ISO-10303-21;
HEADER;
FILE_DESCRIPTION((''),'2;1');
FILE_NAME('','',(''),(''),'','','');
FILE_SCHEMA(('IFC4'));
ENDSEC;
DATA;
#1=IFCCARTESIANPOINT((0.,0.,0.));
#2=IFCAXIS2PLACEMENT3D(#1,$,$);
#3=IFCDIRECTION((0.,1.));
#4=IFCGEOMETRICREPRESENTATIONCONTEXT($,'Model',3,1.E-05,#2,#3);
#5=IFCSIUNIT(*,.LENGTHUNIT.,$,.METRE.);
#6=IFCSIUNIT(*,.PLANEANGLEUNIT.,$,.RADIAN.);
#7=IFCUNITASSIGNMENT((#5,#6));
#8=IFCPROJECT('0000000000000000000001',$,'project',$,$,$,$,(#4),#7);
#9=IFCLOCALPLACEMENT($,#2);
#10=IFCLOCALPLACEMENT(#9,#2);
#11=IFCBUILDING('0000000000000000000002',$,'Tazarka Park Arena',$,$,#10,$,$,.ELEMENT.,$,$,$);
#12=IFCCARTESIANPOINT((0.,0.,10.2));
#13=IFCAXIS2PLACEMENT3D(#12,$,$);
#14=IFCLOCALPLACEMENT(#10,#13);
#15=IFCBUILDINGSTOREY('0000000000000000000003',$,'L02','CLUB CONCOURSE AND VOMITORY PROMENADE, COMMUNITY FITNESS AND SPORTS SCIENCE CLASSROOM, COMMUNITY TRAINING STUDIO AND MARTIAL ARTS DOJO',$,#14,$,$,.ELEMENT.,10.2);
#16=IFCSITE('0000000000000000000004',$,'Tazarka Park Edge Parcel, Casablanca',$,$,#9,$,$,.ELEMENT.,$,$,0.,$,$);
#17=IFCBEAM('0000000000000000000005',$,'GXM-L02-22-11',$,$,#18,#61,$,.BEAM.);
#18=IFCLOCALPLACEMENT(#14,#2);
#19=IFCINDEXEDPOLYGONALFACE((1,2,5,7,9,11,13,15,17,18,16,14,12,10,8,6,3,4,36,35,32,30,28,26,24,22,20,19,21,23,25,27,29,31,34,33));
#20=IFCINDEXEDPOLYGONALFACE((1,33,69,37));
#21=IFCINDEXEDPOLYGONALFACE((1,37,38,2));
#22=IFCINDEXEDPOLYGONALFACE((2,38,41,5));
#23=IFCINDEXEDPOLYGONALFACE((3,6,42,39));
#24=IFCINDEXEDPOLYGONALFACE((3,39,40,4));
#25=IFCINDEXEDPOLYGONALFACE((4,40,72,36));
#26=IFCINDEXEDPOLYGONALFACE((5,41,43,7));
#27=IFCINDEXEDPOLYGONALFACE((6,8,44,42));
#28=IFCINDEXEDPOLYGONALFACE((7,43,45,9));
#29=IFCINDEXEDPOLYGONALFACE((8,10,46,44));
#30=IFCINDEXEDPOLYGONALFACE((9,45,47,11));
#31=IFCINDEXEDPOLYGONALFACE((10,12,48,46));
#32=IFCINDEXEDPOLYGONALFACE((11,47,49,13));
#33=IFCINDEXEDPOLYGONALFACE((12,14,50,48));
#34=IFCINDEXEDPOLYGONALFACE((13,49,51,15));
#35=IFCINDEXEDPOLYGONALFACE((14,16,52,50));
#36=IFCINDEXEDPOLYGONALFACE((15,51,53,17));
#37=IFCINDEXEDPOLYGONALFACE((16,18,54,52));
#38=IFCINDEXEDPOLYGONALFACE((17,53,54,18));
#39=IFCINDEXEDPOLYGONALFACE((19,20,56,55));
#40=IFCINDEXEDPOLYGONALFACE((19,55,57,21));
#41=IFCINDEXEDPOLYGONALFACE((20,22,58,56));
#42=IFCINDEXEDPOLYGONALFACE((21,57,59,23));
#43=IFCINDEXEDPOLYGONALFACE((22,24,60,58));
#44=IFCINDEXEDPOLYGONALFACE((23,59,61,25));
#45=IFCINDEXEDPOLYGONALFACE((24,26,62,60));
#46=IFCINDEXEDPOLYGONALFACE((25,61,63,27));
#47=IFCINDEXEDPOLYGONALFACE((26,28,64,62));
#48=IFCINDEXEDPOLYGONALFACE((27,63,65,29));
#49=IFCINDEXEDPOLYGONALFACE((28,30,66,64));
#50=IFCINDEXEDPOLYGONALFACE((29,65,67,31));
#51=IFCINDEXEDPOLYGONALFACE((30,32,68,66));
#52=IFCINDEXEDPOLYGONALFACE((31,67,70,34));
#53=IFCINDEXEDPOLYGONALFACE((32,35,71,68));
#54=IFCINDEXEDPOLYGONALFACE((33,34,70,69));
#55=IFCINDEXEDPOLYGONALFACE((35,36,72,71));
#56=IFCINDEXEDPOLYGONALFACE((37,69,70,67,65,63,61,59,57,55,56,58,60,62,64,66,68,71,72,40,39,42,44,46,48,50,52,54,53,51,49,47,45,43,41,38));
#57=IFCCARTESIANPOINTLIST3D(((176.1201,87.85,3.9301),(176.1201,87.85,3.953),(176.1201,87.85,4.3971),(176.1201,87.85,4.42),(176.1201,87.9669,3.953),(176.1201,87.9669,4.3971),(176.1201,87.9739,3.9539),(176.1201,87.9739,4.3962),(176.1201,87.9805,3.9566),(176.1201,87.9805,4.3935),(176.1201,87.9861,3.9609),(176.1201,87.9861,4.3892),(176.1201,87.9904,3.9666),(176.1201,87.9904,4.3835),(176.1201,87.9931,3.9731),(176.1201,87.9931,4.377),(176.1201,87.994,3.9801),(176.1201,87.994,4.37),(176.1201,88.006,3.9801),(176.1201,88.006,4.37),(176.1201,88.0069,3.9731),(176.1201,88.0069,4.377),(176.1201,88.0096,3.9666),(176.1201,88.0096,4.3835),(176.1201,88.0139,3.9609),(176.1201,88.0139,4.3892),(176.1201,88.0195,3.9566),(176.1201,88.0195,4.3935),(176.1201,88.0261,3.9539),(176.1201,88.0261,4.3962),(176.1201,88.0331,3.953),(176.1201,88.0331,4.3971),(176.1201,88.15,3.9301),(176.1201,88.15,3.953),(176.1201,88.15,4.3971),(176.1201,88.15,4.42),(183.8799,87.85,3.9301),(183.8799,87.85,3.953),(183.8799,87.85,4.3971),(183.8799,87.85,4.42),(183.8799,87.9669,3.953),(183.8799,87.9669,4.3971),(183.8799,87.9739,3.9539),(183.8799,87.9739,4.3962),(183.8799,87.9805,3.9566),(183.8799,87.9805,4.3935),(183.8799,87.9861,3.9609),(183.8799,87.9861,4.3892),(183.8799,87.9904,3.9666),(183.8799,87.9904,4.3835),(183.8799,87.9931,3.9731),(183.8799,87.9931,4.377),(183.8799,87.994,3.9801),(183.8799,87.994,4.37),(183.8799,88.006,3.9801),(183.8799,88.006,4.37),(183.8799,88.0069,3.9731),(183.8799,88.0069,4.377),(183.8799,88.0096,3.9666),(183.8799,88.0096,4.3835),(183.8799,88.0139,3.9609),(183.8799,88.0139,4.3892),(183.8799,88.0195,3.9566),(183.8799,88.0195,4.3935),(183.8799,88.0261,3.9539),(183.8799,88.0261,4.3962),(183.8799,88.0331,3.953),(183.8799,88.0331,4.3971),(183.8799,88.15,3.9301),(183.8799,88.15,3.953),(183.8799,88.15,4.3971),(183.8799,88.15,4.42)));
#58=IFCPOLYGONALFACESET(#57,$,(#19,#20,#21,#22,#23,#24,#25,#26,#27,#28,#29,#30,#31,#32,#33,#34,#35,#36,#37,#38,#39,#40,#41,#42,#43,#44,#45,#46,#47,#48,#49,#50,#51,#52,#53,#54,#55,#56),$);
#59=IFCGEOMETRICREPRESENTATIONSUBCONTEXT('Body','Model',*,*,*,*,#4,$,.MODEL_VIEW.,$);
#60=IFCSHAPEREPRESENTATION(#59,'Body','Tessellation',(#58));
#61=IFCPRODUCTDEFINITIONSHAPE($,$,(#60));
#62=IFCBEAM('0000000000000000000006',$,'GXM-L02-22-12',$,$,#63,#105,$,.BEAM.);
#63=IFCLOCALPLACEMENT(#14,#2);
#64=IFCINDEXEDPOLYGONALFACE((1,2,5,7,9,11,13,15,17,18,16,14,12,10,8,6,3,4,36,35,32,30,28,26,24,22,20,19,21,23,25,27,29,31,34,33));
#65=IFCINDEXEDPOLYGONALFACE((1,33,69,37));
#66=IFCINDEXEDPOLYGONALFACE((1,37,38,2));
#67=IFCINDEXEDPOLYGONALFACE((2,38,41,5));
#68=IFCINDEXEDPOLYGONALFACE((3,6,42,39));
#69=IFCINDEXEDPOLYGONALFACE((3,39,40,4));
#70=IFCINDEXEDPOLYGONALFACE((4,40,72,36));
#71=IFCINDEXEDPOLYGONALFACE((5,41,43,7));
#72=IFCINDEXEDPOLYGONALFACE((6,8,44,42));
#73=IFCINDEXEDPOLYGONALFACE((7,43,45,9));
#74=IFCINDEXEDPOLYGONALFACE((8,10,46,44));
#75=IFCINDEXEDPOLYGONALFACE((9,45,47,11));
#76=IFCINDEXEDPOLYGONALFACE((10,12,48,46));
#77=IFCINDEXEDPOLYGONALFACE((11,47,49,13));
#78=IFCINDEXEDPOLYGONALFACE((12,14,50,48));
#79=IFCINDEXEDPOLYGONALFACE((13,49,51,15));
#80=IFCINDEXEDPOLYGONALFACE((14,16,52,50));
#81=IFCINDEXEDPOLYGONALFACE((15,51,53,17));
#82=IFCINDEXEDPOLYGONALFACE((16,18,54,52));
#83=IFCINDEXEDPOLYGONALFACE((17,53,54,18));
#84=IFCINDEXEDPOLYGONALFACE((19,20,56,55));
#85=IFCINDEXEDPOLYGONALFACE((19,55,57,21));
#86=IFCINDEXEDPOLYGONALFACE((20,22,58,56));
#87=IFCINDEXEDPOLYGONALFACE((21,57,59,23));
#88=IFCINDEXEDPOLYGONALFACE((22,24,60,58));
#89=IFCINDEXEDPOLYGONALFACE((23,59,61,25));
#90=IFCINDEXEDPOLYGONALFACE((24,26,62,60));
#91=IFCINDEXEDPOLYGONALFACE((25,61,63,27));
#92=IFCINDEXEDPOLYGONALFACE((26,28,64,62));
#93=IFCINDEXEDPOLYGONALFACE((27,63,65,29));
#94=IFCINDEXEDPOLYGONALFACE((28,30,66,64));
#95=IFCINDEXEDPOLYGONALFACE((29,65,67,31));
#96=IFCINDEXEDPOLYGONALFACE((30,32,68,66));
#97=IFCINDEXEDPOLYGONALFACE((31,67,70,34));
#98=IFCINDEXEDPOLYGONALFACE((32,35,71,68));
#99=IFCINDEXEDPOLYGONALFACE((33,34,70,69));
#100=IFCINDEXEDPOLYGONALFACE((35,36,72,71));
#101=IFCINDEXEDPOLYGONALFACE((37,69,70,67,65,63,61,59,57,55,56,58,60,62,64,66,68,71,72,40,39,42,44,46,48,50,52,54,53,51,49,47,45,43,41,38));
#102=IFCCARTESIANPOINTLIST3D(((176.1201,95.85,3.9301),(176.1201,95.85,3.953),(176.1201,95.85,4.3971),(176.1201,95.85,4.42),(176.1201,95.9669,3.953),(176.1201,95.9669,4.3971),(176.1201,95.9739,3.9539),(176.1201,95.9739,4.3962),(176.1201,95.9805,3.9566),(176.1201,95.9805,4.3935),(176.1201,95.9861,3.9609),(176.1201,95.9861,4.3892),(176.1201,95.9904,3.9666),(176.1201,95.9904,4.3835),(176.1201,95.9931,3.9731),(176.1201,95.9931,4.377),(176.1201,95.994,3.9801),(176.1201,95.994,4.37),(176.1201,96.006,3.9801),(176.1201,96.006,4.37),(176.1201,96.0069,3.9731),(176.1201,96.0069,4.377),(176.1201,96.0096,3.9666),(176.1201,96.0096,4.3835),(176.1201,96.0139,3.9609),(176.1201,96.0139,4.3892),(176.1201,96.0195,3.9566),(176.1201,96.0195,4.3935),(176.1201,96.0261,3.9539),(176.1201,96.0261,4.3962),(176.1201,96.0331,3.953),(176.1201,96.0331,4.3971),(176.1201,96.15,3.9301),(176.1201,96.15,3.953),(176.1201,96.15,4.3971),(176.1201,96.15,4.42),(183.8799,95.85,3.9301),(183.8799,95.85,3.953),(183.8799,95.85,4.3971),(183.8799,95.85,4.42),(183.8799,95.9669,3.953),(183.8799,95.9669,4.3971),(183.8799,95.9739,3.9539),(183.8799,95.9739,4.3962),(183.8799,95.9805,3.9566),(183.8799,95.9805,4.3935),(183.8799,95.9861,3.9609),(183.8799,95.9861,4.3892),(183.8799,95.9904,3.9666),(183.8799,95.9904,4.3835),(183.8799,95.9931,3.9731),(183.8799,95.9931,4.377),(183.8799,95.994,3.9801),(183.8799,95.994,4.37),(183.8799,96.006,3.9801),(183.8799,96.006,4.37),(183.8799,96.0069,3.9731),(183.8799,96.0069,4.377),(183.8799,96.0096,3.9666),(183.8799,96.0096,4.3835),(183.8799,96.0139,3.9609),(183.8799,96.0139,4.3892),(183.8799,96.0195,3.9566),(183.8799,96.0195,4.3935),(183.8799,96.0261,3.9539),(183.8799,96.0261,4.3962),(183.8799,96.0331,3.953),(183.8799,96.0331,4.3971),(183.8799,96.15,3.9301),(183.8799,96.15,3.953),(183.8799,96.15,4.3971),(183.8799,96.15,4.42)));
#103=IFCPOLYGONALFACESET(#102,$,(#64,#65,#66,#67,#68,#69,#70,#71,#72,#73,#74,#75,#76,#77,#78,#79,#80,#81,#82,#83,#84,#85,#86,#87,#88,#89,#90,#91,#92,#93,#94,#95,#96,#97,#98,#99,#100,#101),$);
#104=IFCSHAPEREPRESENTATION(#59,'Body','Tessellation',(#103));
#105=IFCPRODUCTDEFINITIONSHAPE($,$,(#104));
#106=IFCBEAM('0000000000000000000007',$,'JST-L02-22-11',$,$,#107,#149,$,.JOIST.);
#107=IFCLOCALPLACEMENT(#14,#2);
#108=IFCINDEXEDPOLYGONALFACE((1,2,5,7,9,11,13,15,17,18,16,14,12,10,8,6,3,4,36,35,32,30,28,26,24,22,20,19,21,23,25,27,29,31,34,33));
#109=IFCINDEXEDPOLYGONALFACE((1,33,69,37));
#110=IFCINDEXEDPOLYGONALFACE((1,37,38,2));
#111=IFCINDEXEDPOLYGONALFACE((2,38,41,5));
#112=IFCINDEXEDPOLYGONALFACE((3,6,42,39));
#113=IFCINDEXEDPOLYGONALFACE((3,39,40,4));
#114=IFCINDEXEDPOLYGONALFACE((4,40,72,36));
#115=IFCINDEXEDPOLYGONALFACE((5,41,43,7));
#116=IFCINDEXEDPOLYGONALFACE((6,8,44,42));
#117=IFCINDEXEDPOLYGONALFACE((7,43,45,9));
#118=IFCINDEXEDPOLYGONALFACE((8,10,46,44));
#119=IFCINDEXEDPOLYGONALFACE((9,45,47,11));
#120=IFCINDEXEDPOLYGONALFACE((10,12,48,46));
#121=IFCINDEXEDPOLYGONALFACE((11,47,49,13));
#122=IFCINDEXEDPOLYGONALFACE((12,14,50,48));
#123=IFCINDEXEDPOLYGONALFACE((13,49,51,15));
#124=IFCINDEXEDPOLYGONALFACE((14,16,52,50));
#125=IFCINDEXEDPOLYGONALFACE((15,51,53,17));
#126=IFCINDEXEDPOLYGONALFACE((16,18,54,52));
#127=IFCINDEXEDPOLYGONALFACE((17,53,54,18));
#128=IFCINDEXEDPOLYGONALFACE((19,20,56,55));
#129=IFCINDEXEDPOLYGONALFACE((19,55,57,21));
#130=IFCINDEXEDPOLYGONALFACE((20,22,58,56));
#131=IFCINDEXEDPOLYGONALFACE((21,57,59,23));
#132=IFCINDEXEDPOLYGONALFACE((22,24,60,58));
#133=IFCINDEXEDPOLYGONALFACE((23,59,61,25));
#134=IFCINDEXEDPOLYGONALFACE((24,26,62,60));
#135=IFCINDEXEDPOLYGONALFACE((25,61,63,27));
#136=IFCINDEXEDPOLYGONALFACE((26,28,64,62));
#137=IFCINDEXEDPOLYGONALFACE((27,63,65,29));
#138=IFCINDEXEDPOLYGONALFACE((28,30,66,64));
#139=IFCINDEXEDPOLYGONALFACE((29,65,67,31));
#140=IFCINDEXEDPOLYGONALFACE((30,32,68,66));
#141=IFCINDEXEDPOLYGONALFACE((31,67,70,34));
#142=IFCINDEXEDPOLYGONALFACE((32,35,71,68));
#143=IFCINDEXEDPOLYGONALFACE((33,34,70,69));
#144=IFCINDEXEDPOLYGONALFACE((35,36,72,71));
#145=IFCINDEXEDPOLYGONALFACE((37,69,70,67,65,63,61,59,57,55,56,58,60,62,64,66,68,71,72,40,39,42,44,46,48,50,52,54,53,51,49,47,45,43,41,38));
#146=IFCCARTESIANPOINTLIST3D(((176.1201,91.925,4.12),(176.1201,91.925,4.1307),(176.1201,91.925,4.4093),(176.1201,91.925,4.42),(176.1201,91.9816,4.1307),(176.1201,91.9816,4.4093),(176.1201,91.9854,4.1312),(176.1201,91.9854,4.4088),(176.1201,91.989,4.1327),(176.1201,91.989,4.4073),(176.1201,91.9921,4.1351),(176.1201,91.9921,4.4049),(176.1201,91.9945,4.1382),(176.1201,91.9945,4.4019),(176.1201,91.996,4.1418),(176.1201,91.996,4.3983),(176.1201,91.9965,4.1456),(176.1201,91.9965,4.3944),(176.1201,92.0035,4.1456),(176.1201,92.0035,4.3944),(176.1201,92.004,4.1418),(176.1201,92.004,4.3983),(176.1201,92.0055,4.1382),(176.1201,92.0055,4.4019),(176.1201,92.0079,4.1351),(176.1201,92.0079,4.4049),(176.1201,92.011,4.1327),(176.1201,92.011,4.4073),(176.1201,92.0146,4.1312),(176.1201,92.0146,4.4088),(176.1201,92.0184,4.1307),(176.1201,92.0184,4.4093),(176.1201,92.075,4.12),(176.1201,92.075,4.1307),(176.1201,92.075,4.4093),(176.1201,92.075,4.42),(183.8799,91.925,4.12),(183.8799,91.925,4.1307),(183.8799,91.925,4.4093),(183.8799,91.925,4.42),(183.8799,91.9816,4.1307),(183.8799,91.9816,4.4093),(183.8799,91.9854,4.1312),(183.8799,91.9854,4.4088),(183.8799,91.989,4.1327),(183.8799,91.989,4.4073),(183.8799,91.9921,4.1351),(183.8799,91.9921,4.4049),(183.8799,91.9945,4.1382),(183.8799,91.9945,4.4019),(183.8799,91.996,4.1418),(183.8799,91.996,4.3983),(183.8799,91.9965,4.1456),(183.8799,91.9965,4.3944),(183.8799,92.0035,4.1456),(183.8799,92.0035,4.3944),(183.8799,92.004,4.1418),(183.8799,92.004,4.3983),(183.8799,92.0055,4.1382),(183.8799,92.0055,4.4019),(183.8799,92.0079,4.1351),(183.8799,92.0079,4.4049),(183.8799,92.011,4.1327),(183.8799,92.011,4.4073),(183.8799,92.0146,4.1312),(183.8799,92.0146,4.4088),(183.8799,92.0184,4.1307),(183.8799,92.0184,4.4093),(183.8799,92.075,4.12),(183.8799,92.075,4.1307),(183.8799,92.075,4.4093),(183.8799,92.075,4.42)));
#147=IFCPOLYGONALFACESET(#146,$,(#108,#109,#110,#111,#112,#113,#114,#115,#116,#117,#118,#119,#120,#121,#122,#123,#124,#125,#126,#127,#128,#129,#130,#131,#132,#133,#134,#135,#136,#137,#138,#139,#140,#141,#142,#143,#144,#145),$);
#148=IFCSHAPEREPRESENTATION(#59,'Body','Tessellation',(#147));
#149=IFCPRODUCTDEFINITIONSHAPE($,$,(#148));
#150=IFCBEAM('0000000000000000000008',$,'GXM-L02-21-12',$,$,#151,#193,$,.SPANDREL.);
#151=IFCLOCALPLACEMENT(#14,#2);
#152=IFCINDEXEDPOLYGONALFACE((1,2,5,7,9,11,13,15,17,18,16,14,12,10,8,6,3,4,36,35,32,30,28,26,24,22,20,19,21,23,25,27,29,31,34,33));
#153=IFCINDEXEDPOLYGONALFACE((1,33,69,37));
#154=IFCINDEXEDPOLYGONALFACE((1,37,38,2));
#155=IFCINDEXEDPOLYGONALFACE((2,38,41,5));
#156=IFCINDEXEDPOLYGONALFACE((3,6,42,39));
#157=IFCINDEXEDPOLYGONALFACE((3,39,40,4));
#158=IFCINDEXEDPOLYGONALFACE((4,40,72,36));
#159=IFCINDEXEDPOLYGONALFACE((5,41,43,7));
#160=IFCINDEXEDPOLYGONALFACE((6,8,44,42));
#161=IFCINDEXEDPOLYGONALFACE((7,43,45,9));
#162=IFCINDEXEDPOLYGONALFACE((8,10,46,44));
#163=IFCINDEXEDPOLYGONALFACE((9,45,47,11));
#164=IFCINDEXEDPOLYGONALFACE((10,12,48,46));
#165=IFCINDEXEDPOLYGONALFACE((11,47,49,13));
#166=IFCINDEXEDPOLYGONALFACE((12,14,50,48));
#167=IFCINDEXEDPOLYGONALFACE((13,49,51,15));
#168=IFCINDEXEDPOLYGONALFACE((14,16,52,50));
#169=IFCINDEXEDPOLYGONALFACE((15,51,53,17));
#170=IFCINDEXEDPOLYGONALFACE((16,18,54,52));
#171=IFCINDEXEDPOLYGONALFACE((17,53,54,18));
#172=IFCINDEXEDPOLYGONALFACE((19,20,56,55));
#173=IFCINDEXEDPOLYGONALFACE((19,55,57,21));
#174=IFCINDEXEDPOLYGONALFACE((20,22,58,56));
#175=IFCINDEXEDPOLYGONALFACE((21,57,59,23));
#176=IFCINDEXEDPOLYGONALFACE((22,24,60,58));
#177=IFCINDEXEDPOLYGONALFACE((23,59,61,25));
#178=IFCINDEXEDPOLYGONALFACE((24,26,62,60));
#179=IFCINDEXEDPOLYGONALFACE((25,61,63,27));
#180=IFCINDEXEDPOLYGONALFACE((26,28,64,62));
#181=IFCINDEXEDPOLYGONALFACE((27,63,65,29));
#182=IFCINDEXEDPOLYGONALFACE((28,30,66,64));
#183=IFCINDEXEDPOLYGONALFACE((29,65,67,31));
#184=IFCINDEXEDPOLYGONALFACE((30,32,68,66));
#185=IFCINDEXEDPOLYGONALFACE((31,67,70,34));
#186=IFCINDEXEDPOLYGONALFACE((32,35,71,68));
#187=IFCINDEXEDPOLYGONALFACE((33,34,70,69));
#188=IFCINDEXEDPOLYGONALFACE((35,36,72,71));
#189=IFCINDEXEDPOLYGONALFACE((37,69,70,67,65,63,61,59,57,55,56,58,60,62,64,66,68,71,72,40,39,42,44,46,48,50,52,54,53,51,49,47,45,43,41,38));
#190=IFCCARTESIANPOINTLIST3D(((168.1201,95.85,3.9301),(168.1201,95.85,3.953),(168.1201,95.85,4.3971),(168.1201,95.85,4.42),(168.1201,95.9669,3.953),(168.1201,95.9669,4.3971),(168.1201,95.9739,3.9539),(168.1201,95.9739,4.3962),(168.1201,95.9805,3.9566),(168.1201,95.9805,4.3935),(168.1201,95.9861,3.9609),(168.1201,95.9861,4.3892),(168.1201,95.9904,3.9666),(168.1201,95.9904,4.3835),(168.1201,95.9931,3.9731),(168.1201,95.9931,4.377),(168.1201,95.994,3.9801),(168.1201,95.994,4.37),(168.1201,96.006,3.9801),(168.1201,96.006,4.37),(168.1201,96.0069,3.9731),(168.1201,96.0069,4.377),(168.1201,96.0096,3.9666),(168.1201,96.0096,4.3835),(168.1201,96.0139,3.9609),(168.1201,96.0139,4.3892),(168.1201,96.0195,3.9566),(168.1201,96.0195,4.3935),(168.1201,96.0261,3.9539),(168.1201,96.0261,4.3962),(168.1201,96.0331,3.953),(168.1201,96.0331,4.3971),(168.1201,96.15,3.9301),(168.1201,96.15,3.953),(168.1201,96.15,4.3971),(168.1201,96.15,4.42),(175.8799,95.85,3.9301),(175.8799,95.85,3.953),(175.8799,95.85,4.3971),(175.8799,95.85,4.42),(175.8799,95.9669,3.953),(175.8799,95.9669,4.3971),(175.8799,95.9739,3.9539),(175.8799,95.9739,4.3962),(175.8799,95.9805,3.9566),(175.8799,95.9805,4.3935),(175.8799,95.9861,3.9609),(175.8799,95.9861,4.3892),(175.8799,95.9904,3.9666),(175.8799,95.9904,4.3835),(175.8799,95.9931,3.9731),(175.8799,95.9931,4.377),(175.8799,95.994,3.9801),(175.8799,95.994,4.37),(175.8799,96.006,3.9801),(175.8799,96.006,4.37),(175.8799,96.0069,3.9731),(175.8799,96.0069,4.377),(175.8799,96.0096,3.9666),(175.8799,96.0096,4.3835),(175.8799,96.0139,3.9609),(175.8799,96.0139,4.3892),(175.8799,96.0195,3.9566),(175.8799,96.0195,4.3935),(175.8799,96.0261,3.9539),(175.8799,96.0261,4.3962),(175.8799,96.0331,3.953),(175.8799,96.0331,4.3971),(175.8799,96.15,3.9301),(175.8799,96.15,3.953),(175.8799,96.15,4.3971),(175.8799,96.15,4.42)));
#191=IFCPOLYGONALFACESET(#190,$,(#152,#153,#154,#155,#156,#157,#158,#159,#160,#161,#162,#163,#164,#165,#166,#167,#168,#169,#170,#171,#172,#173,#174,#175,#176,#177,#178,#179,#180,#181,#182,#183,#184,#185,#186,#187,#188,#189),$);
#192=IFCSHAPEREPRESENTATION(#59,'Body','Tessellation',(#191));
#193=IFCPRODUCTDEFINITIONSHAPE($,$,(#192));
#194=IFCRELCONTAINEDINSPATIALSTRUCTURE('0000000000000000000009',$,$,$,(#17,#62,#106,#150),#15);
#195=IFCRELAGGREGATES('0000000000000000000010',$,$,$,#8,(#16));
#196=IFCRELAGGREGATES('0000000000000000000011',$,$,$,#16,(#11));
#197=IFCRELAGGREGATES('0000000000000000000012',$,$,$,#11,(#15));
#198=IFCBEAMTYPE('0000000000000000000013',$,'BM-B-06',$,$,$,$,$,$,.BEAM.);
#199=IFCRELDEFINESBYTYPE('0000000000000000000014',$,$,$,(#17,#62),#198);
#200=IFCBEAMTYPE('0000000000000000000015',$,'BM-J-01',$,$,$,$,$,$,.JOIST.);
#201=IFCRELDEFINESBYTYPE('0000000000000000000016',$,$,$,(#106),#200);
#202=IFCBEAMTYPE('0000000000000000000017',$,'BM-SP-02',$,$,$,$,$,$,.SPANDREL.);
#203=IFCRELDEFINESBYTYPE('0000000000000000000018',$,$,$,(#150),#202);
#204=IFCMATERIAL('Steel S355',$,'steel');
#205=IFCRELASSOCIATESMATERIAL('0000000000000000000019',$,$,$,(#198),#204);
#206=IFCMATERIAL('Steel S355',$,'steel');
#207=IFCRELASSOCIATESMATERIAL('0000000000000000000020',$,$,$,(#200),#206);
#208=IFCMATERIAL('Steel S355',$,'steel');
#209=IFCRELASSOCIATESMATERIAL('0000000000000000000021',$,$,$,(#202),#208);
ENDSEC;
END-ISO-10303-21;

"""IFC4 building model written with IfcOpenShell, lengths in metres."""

from ifc_helpers import new_model, si_unit, direction, frame, origin, origin_2d, place, context, subcontext, project, spatial, i_section, extrude, material, material_profile, profile_set, type_object, element, save


model = new_model("IFC4")

# Units and contexts
model_context = context("Model", 3, precision=1e-05, world=origin(), true_north=direction((0.0, 1.0)))
body_context = subcontext(model_context, "Body", "Model", "MODEL_VIEW")
ifc_project = project(units=[si_unit("LENGTHUNIT", "METRE"), si_unit("PLANEANGLEUNIT", "RADIAN")], contexts=[model_context])

# Site, building, storey
site_placement = place(None, origin())
site = spatial("IfcSite", under=ifc_project, at=site_placement, Name="Tazarka Park Edge Parcel, Casablanca", CompositionType="ELEMENT", RefElevation=0.0)
building_placement = place(site_placement, origin())
building = spatial("IfcBuilding", under=site, at=building_placement, Name="Tazarka Park Arena", CompositionType="ELEMENT")
storey_placement = place(building_placement, frame((0.0, 0.0, 10.2)))
storey = spatial("IfcBuildingStorey", under=building, at=storey_placement, Name="L02", Description="CLUB CONCOURSE AND VOMITORY PROMENADE, COMMUNITY FITNESS AND SPORTS SCIENCE CLASSROOM, COMMUNITY TRAINING STUDIO AND MARTIAL ARTS DOJO", CompositionType="ELEMENT", Elevation=10.2)

# Beams
ifc_material_1 = material(Name="Steel S355", Category="steel")
ifc_material_profile_1 = material_profile(ifc_material_1, i_section(OverallWidth=0.3, OverallDepth=0.49, WebThickness=0.012, FlangeThickness=0.0229, FilletRadius=0.0271, at=origin_2d()), Name="Steel S355")
ifc_profile_set_1 = profile_set([ifc_material_profile_1], Name="Steel S355")
beam_type_1 = type_object("IfcBeamType", Name="BM-B-06", PredefinedType="BEAM", material=ifc_profile_set_1)
for number, where, z_axis, x_axis, name in (
    (1, (176.1201, 88.0, 4.175), (1.0, 0.0, 0.0), (0.0, 1.0, 0.0), "GXM-L02-22-11"),
    (2, (176.1201, 96.0, 4.175), (1.0, 0.0, 0.0), (0.0, 1.0, 0.0), "GXM-L02-22-12"),
):
    element("IfcBeam", number, at=place(storey_placement, frame(where, z_axis=z_axis, x_axis=x_axis)), inside=storey, type_object=beam_type_1, Name=name, PredefinedType="BEAM", context=body_context, shape_type="SweptSolid", body=[
        extrude(i_section(OverallWidth=0.3, OverallDepth=0.49, WebThickness=0.012, FlangeThickness=0.0229, FilletRadius=0.0271, at=origin_2d()), origin(), (0.0, 0.0, 1.0), 7.7598),
    ])
ifc_material_2 = material(Name="Steel S355", Category="steel")
ifc_material_profile_2 = material_profile(ifc_material_2, i_section(OverallWidth=0.1499, OverallDepth=0.3, WebThickness=0.0071, FlangeThickness=0.0107, FilletRadius=0.0149, at=origin_2d()), Name="Steel S355")
ifc_profile_set_2 = profile_set([ifc_material_profile_2], Name="Steel S355")
beam_type_2 = type_object("IfcBeamType", Name="BM-J-01", PredefinedType="JOIST", material=ifc_profile_set_2)
beam_placement = place(storey_placement, frame((176.1201, 92.0, 4.27), z_axis=(1.0, 0.0, 0.0), x_axis=(0.0, 1.0, 0.0)))
element("IfcBeam", 3, at=beam_placement, inside=storey, type_object=beam_type_2, Name="JST-L02-22-11", PredefinedType="JOIST", context=body_context, shape_type="SweptSolid", body=[
    extrude(i_section(OverallWidth=0.1499, OverallDepth=0.3, WebThickness=0.0071, FlangeThickness=0.0107, FilletRadius=0.0149, at=origin_2d()), origin(), (0.0, 0.0, 1.0), 7.7598),
])
ifc_material_3 = material(Name="Steel S355", Category="steel")
ifc_material_profile_3 = material_profile(ifc_material_3, i_section(OverallWidth=0.3, OverallDepth=0.49, WebThickness=0.012, FlangeThickness=0.0229, FilletRadius=0.0271, at=origin_2d()), Name="Steel S355")
ifc_profile_set_3 = profile_set([ifc_material_profile_3], Name="Steel S355")
beam_type_3 = type_object("IfcBeamType", Name="BM-SP-02", PredefinedType="SPANDREL", material=ifc_profile_set_3)
for number, where, z_axis, x_axis, name in (
    (4, (168.1201, 96.0, 4.175), (1.0, 0.0, 0.0), (0.0, 1.0, 0.0), "GXM-L02-21-12"),
):
    element("IfcBeam", number, at=place(storey_placement, frame(where, z_axis=z_axis, x_axis=x_axis)), inside=storey, type_object=beam_type_3, Name=name, PredefinedType="SPANDREL", context=body_context, shape_type="SweptSolid", body=[
        extrude(i_section(OverallWidth=0.3, OverallDepth=0.49, WebThickness=0.012, FlangeThickness=0.0229, FilletRadius=0.0271, at=origin_2d()), origin(), (0.0, 0.0, 1.0), 7.7598),
    ])

save(model, "model.ifc")
